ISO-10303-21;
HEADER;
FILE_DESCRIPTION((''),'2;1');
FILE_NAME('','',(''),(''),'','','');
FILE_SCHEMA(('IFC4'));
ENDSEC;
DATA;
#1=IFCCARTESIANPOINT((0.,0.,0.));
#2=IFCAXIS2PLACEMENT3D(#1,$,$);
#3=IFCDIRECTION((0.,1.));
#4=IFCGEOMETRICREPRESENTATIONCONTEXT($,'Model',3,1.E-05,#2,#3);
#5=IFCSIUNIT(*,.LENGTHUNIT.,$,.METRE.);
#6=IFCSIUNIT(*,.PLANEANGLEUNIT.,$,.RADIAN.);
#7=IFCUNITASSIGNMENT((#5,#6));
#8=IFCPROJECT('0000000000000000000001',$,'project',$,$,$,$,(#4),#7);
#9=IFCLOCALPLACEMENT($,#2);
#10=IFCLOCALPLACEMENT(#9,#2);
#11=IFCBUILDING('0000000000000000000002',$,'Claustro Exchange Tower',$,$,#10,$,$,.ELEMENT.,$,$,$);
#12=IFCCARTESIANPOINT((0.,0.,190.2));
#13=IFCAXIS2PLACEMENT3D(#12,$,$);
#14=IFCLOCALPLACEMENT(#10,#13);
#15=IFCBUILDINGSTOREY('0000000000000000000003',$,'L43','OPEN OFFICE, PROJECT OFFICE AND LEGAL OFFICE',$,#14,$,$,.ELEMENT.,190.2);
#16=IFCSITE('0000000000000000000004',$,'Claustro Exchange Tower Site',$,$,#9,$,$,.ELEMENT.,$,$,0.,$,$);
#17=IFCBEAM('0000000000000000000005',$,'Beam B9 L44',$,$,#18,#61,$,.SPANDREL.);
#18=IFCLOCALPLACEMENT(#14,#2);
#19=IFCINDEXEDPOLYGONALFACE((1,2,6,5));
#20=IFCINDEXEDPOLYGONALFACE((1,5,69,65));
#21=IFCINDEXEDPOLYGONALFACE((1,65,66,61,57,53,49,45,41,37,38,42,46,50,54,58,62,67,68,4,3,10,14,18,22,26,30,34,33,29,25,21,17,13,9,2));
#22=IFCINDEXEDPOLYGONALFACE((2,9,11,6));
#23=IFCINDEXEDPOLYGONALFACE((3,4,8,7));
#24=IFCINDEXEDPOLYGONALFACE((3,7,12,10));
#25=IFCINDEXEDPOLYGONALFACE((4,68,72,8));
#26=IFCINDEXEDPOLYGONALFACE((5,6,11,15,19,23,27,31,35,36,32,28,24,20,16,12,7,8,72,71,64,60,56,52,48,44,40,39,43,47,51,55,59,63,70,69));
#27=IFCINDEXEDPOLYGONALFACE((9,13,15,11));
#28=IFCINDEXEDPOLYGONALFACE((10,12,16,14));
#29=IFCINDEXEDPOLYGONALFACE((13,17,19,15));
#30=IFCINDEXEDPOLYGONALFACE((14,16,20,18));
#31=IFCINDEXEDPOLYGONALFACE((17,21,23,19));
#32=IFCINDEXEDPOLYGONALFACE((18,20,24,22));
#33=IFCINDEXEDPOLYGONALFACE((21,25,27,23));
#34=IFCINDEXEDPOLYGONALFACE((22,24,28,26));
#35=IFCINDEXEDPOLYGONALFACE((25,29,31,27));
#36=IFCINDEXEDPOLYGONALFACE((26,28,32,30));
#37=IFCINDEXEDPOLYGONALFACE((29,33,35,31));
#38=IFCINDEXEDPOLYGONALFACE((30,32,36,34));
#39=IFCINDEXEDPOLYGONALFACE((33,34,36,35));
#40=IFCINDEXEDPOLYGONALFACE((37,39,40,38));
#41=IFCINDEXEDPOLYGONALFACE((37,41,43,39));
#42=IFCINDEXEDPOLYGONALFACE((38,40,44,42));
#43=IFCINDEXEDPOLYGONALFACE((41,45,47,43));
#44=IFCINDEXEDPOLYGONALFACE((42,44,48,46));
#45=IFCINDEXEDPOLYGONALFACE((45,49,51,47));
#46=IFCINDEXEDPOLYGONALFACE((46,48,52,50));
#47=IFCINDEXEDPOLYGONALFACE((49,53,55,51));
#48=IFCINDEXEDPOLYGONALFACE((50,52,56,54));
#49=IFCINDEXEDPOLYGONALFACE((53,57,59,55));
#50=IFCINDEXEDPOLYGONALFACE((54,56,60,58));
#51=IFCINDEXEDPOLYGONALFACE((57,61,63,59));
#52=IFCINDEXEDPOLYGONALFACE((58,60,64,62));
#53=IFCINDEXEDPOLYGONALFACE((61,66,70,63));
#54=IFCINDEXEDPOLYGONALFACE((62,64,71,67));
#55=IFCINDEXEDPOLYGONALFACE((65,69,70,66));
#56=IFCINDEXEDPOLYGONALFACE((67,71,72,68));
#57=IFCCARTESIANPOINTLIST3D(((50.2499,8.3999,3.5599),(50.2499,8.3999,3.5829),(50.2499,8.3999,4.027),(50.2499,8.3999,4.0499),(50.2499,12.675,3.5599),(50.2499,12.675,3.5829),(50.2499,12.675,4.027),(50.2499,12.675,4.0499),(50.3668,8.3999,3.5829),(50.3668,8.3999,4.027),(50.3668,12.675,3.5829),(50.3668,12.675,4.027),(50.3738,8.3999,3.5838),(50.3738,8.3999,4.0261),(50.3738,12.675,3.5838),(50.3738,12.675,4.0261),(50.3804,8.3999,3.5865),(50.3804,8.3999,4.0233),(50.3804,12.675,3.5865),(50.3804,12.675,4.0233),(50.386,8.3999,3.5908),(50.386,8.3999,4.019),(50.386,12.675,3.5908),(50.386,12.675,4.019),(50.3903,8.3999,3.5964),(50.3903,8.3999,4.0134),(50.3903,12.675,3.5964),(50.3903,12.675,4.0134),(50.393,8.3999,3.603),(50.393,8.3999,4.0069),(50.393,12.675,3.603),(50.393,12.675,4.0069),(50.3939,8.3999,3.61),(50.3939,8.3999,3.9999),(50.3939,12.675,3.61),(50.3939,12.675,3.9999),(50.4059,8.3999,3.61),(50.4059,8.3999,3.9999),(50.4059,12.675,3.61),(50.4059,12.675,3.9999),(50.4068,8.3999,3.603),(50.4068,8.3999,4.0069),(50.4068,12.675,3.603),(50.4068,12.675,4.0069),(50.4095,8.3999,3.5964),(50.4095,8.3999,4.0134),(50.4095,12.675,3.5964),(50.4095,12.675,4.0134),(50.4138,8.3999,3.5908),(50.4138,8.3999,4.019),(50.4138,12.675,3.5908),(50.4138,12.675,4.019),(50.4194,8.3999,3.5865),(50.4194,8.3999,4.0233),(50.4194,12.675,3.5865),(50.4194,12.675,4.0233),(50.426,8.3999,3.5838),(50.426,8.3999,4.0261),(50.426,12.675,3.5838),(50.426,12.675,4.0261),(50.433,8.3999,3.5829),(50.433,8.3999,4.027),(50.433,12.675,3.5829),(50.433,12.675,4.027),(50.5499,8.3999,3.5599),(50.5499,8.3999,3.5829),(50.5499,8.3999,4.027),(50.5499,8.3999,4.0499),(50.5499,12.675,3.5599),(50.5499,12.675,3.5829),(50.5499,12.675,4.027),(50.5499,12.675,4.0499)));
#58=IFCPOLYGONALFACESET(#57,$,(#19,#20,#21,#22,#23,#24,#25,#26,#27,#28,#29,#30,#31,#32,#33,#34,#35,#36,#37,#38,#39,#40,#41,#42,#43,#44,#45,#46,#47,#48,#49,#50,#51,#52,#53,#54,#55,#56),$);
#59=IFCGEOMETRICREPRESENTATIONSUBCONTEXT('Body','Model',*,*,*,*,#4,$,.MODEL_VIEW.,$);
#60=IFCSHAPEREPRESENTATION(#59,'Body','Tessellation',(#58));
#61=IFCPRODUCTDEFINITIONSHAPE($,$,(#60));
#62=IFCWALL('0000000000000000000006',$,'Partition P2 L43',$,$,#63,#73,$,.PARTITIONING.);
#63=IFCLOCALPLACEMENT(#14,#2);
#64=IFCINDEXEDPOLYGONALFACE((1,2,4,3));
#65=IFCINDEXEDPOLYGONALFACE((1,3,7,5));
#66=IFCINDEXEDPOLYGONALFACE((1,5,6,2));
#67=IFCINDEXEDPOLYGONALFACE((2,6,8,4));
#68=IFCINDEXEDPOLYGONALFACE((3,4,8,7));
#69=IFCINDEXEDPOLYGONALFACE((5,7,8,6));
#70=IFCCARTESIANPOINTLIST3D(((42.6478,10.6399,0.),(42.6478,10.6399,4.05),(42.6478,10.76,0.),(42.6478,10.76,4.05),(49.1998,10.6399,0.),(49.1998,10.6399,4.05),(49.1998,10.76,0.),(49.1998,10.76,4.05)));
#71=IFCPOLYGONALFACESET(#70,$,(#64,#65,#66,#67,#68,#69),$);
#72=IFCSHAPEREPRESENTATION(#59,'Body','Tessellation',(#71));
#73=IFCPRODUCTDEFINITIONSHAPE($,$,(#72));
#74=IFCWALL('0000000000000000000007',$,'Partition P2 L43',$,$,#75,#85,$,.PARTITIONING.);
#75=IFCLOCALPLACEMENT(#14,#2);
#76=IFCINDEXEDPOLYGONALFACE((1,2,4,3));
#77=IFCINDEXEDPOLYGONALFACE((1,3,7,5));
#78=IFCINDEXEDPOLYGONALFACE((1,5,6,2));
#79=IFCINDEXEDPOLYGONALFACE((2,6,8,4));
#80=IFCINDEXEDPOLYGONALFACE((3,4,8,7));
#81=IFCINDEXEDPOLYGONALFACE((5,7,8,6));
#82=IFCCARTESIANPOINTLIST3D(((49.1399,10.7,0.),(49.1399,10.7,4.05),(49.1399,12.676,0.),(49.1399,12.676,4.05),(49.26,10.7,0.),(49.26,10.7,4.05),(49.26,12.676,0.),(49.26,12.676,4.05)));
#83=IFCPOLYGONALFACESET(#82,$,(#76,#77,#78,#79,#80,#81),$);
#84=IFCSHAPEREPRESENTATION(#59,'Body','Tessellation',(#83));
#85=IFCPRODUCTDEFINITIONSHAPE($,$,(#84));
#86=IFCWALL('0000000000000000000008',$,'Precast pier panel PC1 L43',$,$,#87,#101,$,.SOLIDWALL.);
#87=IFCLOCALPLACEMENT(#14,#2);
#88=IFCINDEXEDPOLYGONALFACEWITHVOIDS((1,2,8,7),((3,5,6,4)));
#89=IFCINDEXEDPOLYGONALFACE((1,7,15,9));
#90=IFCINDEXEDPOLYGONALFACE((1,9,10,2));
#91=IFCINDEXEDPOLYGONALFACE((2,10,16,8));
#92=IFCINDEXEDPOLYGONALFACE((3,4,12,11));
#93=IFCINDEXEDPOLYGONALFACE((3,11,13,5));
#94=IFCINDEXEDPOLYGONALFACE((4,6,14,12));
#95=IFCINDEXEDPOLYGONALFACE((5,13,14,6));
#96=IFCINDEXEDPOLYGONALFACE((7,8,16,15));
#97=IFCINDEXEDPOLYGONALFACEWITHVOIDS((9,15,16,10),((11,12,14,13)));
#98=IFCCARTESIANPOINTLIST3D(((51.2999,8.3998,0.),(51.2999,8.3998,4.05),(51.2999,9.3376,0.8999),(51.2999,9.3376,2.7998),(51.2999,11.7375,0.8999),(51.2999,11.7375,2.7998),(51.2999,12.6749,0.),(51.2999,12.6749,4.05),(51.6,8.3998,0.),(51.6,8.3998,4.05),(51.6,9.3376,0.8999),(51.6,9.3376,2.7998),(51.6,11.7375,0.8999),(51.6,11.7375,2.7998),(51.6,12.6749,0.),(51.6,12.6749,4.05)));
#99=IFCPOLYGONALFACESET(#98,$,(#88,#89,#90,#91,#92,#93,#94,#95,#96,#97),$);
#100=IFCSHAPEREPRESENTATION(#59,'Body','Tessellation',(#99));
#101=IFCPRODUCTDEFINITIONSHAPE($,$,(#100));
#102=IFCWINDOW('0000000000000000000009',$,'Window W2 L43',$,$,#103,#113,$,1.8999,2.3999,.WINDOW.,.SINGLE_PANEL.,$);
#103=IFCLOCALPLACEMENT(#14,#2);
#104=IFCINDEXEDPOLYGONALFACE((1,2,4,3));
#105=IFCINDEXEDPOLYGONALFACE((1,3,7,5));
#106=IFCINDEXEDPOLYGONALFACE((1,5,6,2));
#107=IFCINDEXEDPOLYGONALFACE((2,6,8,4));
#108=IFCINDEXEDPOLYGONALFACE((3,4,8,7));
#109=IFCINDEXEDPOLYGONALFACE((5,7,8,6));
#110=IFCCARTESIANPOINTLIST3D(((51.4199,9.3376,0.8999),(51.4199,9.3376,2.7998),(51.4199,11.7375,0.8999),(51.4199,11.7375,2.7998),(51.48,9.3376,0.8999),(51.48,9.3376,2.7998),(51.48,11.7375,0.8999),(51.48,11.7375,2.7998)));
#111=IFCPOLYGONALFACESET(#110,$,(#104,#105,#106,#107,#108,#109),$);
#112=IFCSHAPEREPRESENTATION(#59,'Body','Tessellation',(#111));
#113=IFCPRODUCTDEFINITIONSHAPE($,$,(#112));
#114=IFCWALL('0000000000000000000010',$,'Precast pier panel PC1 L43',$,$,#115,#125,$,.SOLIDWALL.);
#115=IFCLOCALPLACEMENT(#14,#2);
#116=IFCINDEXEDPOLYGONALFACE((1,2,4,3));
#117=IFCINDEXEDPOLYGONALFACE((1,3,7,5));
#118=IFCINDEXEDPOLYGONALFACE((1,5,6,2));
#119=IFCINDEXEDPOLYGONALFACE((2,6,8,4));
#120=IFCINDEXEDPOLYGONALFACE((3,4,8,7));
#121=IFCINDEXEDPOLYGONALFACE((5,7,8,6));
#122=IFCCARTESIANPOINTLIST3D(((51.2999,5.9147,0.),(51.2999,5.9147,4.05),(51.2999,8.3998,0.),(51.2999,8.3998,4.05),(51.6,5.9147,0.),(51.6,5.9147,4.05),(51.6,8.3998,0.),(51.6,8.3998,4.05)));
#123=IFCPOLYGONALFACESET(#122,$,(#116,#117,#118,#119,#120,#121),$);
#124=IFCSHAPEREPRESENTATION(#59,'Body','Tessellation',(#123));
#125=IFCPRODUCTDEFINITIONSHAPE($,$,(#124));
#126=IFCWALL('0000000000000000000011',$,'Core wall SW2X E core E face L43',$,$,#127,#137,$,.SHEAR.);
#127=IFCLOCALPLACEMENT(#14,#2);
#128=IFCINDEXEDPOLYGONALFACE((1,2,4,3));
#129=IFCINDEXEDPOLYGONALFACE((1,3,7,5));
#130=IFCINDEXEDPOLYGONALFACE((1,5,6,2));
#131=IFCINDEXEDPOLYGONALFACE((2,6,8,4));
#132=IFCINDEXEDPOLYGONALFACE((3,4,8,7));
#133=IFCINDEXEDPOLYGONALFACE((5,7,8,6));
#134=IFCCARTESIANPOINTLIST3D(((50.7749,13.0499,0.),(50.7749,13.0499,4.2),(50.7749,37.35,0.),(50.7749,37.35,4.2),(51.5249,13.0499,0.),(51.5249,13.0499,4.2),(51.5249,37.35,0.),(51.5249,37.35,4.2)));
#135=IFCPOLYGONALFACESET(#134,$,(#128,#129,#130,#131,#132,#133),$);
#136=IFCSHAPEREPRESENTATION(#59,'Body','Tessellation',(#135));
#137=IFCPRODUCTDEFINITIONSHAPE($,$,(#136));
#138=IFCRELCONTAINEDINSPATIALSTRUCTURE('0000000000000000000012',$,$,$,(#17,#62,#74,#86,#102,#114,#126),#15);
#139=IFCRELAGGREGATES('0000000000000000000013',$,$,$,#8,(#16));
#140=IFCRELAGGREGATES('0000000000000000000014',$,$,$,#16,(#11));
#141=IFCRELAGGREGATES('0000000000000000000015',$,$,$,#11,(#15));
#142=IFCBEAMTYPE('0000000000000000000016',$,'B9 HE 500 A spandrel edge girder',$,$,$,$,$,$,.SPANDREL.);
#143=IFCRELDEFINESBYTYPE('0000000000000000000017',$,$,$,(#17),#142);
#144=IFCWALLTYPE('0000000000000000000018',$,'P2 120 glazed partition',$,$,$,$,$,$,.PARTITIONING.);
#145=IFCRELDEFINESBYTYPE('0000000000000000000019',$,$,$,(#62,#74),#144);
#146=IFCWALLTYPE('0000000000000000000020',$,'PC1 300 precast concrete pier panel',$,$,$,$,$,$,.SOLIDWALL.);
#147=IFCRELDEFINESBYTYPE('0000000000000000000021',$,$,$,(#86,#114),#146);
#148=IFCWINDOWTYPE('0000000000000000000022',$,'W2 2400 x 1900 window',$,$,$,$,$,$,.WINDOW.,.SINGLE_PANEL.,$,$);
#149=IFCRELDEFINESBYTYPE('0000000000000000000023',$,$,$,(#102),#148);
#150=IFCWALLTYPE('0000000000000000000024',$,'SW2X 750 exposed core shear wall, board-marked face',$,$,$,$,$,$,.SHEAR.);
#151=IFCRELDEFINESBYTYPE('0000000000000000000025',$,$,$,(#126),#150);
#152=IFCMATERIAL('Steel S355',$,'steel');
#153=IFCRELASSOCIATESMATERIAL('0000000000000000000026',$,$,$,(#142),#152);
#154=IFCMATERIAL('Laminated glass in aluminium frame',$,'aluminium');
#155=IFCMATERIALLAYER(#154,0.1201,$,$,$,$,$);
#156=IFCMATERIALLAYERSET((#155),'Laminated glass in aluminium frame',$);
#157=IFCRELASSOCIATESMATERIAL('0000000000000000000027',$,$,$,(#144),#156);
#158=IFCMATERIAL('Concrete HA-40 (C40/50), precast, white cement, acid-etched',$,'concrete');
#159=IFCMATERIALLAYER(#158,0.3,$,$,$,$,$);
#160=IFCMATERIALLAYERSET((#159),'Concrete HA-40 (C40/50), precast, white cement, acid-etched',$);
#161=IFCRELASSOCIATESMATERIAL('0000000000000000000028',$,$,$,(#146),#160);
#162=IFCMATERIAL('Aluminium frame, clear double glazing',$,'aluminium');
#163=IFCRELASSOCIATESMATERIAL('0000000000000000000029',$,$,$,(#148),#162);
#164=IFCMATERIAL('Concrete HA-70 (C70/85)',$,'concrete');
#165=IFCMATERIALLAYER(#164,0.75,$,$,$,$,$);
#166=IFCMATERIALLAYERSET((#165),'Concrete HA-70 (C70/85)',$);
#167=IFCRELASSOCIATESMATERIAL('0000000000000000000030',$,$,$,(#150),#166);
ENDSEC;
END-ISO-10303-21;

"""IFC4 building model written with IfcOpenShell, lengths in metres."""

from ifc_helpers import new_model, si_unit, direction, frame, frame_2d, origin, origin_2d, place, context, subcontext, project, spatial, rectangle, i_section, extrude, material, layer, layer_set, material_profile, profile_set, type_object, element, fill, save


model = new_model("IFC4")

# Units and contexts
model_context = context("Model", 3, precision=1e-05, world=origin(), true_north=direction((0.0, 1.0)))
body_context = subcontext(model_context, "Body", "Model", "MODEL_VIEW")
ifc_project = project(units=[si_unit("LENGTHUNIT", "METRE"), si_unit("PLANEANGLEUNIT", "RADIAN")], contexts=[model_context])

# Site, building, storey
site_placement = place(None, origin())
site = spatial("IfcSite", under=ifc_project, at=site_placement, Name="Claustro Exchange Tower Site", CompositionType="ELEMENT", RefElevation=0.0)
building_placement = place(site_placement, origin())
building = spatial("IfcBuilding", under=site, at=building_placement, Name="Claustro Exchange Tower", CompositionType="ELEMENT")
storey_placement = place(building_placement, frame((0.0, 0.0, 190.2)))
storey = spatial("IfcBuildingStorey", under=building, at=storey_placement, Name="L43", Description="OPEN OFFICE, PROJECT OFFICE AND LEGAL OFFICE", CompositionType="ELEMENT", Elevation=190.2)

# Beam
ifc_material_1 = material(Name="Steel S355", Category="steel")
ifc_material_profile = material_profile(ifc_material_1, i_section(OverallWidth=0.3, OverallDepth=0.49, WebThickness=0.012, FlangeThickness=0.0229, FilletRadius=0.0271, at=origin_2d()), Name="HE 500 A")
ifc_profile_set = profile_set([ifc_material_profile], Name="Steel S355")
beam_type = type_object("IfcBeamType", Name="B9 HE 500 A spandrel edge girder", PredefinedType="SPANDREL", material=ifc_profile_set)
beam_placement = place(storey_placement, frame((50.3999, 8.3999, 3.8049), z_axis=(0.0, 1.0, 0.0), x_axis=(-1.0, 0.0, 0.0)))
element("IfcBeam", 1, at=beam_placement, inside=storey, type_object=beam_type, Name="Beam B9 L44", PredefinedType="SPANDREL", context=body_context, shape_type="SweptSolid", body=[
    extrude(i_section(OverallWidth=0.3, OverallDepth=0.49, WebThickness=0.012, FlangeThickness=0.0229, FilletRadius=0.0271, at=origin_2d()), origin(), (0.0, 0.0, 1.0), 4.2751),
])

# Shared definitions
ifc_material_2 = material(Name="Laminated glass in aluminium frame", Category="aluminium")
ifc_layer_1 = layer(ifc_material_2, 0.1201)
ifc_layer_set_1 = layer_set([ifc_layer_1], Name="Laminated glass in aluminium frame")
wall_type_1 = type_object("IfcWallType", Name="P2 120 glazed partition", PredefinedType="PARTITIONING", material=ifc_layer_set_1)

# Walls
wall_1_placement = place(storey_placement, frame((42.6479, 10.7, 0.0), z_axis=(0.0, 0.0, 1.0), x_axis=(1.0, 0.0, 0.0)))
element("IfcWall", 2, at=wall_1_placement, inside=storey, type_object=wall_type_1, Name="Partition P2 L43", PredefinedType="PARTITIONING", context=body_context, shape_type="SweptSolid", body=[
    extrude(rectangle(XDim=6.552, YDim=0.1201, at=frame_2d((3.2759, 0.0))), origin(), (0.0, 0.0, 1.0), 4.05),
])
wall_2_placement = place(storey_placement, frame((49.2, 10.7, 0.0), z_axis=(0.0, 0.0, 1.0), x_axis=(0.0, 1.0, 0.0)))
element("IfcWall", 3, at=wall_2_placement, inside=storey, type_object=wall_type_1, Name="Partition P2 L43", PredefinedType="PARTITIONING", context=body_context, shape_type="SweptSolid", body=[
    extrude(rectangle(XDim=1.9761, YDim=0.1201, at=frame_2d((0.988, 0.0))), origin(), (0.0, 0.0, 1.0), 4.05),
])

# Wall, opening, window
ifc_material_3 = material(Name="Concrete HA-40 (C40/50), precast, white cement, acid-etched", Category="concrete")
ifc_layer_2 = layer(ifc_material_3, 0.3)
ifc_layer_set_2 = layer_set([ifc_layer_2], Name="Concrete HA-40 (C40/50), precast, white cement, acid-etched")
wall_type_2 = type_object("IfcWallType", Name="PC1 300 precast concrete pier panel", PredefinedType="SOLIDWALL", material=ifc_layer_set_2)
wall_3_placement = place(storey_placement, frame((51.45, 12.675, 0.0), z_axis=(0.0, 0.0, 1.0), x_axis=(0.0, -1.0, 0.0)))
wall_3 = element("IfcWall", 4, at=wall_3_placement, inside=storey, type_object=wall_type_2, Name="Precast pier panel PC1 L43", PredefinedType="SOLIDWALL", context=body_context, shape_type="SweptSolid", body=[
    extrude(rectangle(XDim=4.2751, YDim=0.3, at=frame_2d((2.1377, 0.0))), origin(), (0.0, 0.0, 1.0), 4.05),
])
opening_1_placement = place(wall_3_placement, frame((0.9375, 0.0, 0.8999)))
opening_1 = element("IfcOpeningElement", 5, at=opening_1_placement, cuts=wall_3, PredefinedType="OPENING", context=body_context, shape_type="SweptSolid", body=[
    extrude(rectangle(XDim=2.3999, YDim=1.8999, at=frame_2d((1.2, 0.95))), frame((0.0, 0.1599, 0.0), z_axis=(0.0, -1.0, 0.0), x_axis=(1.0, 0.0, 0.0)), (0.0, 0.0, 1.0), 0.3201),
])
ifc_material_4 = material(Name="Aluminium frame, clear double glazing", Category="aluminium")
window_type = type_object("IfcWindowType", Name="W2 2400 x 1900 window", PartitioningType="SINGLE_PANEL", PredefinedType="WINDOW", material=ifc_material_4)
window_placement = place(opening_1_placement, origin())
window = element("IfcWindow", 6, at=window_placement, inside=storey, type_object=window_type, Name="Window W2 L43", OverallHeight=1.8999, OverallWidth=2.3999, PartitioningType="SINGLE_PANEL", PredefinedType="WINDOW", context=body_context, shape_type="SweptSolid", body=[
    extrude(rectangle(XDim=2.3999, YDim=1.8999, at=frame_2d((1.2, 0.95))), frame((0.0, 0.03, 0.0), z_axis=(0.0, -1.0, 0.0), x_axis=(1.0, 0.0, 0.0)), (0.0, 0.0, 1.0), 0.0601),
])
fill(opening_1, window)

# Walls
wall_4_placement = place(storey_placement, frame((51.45, 8.3999, 0.0), z_axis=(0.0, 0.0, 1.0), x_axis=(0.0, -1.0, 0.0)))
element("IfcWall", 7, at=wall_4_placement, inside=storey, type_object=wall_type_2, Name="Precast pier panel PC1 L43", PredefinedType="SOLIDWALL", context=body_context, shape_type="SweptSolid", body=[
    extrude(rectangle(XDim=2.4851, YDim=0.3, at=frame_2d((1.2427, 0.0))), origin(), (0.0, 0.0, 1.0), 4.05),
])
ifc_material_5 = material(Name="Concrete HA-70 (C70/85)", Category="concrete")
ifc_layer_3 = layer(ifc_material_5, 0.75)
ifc_layer_set_3 = layer_set([ifc_layer_3], Name="Concrete HA-70 (C70/85)")
wall_type_3 = type_object("IfcWallType", Name="SW2X 750 exposed core shear wall, board-marked face", PredefinedType="SHEAR", material=ifc_layer_set_3)
wall_5_placement = place(storey_placement, frame((51.1499, 13.05, 0.0), z_axis=(0.0, 0.0, 1.0), x_axis=(0.0, 1.0, 0.0)))
element("IfcWall", 8, at=wall_5_placement, inside=storey, type_object=wall_type_3, Name="Core wall SW2X E core E face L43", PredefinedType="SHEAR", context=body_context, shape_type="SweptSolid", body=[
    extrude(rectangle(XDim=24.3, YDim=0.75, at=frame_2d((12.1499, 0.0))), origin(), (0.0, 0.0, 1.0), 4.2),
])

save(model, "model.ifc")
